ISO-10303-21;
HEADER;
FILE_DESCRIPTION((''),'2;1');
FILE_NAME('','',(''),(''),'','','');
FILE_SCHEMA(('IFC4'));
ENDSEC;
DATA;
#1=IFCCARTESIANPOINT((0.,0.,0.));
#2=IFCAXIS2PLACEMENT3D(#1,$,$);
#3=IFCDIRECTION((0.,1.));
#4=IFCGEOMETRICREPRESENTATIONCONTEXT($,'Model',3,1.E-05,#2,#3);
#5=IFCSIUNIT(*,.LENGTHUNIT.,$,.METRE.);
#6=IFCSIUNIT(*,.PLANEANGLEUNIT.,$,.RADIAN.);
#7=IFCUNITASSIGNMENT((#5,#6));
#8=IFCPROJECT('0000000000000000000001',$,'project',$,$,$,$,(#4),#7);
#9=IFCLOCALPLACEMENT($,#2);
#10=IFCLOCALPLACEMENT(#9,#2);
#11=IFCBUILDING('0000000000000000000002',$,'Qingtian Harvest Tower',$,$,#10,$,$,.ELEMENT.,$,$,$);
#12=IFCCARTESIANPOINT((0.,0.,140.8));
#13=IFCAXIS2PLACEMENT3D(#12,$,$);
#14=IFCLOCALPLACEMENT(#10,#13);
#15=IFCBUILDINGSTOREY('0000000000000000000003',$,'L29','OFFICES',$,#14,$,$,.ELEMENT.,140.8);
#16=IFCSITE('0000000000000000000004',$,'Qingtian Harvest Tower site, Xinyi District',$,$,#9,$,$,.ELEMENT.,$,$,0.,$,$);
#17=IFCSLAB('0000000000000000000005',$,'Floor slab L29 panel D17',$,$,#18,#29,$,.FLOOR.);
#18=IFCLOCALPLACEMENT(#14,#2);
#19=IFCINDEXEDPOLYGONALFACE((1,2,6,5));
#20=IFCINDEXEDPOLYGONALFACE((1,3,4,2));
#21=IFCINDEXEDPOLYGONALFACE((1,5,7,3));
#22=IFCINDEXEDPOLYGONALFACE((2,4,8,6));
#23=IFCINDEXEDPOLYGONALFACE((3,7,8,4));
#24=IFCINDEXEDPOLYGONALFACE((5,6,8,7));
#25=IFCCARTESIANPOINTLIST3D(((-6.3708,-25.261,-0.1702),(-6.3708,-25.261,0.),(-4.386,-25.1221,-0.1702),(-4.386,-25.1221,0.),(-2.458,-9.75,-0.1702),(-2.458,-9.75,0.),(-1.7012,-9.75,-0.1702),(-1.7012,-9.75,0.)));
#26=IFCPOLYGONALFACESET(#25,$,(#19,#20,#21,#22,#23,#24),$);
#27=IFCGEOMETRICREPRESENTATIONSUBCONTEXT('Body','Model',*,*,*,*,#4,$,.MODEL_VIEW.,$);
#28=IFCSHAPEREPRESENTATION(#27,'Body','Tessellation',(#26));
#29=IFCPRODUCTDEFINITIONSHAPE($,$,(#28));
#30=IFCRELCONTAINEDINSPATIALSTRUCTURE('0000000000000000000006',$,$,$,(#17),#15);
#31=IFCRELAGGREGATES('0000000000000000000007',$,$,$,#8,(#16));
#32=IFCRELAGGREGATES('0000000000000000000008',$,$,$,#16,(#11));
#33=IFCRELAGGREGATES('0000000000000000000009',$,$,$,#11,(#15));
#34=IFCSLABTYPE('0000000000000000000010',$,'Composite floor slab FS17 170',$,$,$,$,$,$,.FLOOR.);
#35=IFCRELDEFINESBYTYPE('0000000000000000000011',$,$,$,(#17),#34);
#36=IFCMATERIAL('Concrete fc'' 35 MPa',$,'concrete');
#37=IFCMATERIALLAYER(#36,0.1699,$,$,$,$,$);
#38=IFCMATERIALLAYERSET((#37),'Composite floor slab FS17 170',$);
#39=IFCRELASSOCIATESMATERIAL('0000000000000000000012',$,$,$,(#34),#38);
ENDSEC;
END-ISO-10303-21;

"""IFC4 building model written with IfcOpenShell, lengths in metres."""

from ifc_helpers import new_model, si_unit, direction, frame, origin, place, context, subcontext, project, spatial, polyline, outline, extrude, material, layer, layer_set, type_object, element, save


model = new_model("IFC4")

# Units and contexts
model_context = context("Model", 3, precision=1e-05, world=origin(), true_north=direction((0.0, 1.0)))
body_context = subcontext(model_context, "Body", "Model", "MODEL_VIEW")
ifc_project = project(units=[si_unit("LENGTHUNIT", "METRE"), si_unit("PLANEANGLEUNIT", "RADIAN")], contexts=[model_context])

# Site, building, storey
site_placement = place(None, origin())
site = spatial("IfcSite", under=ifc_project, at=site_placement, Name="Qingtian Harvest Tower site, Xinyi District", CompositionType="ELEMENT", RefElevation=0.0)
building_placement = place(site_placement, origin())
building = spatial("IfcBuilding", under=site, at=building_placement, Name="Qingtian Harvest Tower", CompositionType="ELEMENT")
storey_placement = place(building_placement, frame((0.0, 0.0, 140.8)))
storey = spatial("IfcBuildingStorey", under=building, at=storey_placement, Name="L29", Description="OFFICES", CompositionType="ELEMENT", Elevation=140.8)

# Slab
ifc_material = material(Name="Concrete fc' 35 MPa", Category="concrete")
ifc_layer = layer(ifc_material, 0.1699)
ifc_layer_set = layer_set([ifc_layer], Name="Composite floor slab FS17 170")
slab_type = type_object("IfcSlabType", Name="Composite floor slab FS17 170", PredefinedType="FLOOR", material=ifc_layer_set)
slab_1_placement = place(storey_placement, frame((0.0, 0.0, -0.1702)))
element("IfcSlab", 1, at=slab_1_placement, inside=storey, type_object=slab_type, Name="Floor slab L29 panel D17", PredefinedType="FLOOR", context=body_context, shape_type="SweptSolid", body=[
    extrude(outline(polyline([(-1.7012, -9.75), (-4.386, -25.1221), (-6.3708, -25.261), (-2.458, -9.75), (-1.7012, -9.75)])), origin(), (0.0, 0.0, 1.0), 0.1702),
])

save(model, "model.ifc")
